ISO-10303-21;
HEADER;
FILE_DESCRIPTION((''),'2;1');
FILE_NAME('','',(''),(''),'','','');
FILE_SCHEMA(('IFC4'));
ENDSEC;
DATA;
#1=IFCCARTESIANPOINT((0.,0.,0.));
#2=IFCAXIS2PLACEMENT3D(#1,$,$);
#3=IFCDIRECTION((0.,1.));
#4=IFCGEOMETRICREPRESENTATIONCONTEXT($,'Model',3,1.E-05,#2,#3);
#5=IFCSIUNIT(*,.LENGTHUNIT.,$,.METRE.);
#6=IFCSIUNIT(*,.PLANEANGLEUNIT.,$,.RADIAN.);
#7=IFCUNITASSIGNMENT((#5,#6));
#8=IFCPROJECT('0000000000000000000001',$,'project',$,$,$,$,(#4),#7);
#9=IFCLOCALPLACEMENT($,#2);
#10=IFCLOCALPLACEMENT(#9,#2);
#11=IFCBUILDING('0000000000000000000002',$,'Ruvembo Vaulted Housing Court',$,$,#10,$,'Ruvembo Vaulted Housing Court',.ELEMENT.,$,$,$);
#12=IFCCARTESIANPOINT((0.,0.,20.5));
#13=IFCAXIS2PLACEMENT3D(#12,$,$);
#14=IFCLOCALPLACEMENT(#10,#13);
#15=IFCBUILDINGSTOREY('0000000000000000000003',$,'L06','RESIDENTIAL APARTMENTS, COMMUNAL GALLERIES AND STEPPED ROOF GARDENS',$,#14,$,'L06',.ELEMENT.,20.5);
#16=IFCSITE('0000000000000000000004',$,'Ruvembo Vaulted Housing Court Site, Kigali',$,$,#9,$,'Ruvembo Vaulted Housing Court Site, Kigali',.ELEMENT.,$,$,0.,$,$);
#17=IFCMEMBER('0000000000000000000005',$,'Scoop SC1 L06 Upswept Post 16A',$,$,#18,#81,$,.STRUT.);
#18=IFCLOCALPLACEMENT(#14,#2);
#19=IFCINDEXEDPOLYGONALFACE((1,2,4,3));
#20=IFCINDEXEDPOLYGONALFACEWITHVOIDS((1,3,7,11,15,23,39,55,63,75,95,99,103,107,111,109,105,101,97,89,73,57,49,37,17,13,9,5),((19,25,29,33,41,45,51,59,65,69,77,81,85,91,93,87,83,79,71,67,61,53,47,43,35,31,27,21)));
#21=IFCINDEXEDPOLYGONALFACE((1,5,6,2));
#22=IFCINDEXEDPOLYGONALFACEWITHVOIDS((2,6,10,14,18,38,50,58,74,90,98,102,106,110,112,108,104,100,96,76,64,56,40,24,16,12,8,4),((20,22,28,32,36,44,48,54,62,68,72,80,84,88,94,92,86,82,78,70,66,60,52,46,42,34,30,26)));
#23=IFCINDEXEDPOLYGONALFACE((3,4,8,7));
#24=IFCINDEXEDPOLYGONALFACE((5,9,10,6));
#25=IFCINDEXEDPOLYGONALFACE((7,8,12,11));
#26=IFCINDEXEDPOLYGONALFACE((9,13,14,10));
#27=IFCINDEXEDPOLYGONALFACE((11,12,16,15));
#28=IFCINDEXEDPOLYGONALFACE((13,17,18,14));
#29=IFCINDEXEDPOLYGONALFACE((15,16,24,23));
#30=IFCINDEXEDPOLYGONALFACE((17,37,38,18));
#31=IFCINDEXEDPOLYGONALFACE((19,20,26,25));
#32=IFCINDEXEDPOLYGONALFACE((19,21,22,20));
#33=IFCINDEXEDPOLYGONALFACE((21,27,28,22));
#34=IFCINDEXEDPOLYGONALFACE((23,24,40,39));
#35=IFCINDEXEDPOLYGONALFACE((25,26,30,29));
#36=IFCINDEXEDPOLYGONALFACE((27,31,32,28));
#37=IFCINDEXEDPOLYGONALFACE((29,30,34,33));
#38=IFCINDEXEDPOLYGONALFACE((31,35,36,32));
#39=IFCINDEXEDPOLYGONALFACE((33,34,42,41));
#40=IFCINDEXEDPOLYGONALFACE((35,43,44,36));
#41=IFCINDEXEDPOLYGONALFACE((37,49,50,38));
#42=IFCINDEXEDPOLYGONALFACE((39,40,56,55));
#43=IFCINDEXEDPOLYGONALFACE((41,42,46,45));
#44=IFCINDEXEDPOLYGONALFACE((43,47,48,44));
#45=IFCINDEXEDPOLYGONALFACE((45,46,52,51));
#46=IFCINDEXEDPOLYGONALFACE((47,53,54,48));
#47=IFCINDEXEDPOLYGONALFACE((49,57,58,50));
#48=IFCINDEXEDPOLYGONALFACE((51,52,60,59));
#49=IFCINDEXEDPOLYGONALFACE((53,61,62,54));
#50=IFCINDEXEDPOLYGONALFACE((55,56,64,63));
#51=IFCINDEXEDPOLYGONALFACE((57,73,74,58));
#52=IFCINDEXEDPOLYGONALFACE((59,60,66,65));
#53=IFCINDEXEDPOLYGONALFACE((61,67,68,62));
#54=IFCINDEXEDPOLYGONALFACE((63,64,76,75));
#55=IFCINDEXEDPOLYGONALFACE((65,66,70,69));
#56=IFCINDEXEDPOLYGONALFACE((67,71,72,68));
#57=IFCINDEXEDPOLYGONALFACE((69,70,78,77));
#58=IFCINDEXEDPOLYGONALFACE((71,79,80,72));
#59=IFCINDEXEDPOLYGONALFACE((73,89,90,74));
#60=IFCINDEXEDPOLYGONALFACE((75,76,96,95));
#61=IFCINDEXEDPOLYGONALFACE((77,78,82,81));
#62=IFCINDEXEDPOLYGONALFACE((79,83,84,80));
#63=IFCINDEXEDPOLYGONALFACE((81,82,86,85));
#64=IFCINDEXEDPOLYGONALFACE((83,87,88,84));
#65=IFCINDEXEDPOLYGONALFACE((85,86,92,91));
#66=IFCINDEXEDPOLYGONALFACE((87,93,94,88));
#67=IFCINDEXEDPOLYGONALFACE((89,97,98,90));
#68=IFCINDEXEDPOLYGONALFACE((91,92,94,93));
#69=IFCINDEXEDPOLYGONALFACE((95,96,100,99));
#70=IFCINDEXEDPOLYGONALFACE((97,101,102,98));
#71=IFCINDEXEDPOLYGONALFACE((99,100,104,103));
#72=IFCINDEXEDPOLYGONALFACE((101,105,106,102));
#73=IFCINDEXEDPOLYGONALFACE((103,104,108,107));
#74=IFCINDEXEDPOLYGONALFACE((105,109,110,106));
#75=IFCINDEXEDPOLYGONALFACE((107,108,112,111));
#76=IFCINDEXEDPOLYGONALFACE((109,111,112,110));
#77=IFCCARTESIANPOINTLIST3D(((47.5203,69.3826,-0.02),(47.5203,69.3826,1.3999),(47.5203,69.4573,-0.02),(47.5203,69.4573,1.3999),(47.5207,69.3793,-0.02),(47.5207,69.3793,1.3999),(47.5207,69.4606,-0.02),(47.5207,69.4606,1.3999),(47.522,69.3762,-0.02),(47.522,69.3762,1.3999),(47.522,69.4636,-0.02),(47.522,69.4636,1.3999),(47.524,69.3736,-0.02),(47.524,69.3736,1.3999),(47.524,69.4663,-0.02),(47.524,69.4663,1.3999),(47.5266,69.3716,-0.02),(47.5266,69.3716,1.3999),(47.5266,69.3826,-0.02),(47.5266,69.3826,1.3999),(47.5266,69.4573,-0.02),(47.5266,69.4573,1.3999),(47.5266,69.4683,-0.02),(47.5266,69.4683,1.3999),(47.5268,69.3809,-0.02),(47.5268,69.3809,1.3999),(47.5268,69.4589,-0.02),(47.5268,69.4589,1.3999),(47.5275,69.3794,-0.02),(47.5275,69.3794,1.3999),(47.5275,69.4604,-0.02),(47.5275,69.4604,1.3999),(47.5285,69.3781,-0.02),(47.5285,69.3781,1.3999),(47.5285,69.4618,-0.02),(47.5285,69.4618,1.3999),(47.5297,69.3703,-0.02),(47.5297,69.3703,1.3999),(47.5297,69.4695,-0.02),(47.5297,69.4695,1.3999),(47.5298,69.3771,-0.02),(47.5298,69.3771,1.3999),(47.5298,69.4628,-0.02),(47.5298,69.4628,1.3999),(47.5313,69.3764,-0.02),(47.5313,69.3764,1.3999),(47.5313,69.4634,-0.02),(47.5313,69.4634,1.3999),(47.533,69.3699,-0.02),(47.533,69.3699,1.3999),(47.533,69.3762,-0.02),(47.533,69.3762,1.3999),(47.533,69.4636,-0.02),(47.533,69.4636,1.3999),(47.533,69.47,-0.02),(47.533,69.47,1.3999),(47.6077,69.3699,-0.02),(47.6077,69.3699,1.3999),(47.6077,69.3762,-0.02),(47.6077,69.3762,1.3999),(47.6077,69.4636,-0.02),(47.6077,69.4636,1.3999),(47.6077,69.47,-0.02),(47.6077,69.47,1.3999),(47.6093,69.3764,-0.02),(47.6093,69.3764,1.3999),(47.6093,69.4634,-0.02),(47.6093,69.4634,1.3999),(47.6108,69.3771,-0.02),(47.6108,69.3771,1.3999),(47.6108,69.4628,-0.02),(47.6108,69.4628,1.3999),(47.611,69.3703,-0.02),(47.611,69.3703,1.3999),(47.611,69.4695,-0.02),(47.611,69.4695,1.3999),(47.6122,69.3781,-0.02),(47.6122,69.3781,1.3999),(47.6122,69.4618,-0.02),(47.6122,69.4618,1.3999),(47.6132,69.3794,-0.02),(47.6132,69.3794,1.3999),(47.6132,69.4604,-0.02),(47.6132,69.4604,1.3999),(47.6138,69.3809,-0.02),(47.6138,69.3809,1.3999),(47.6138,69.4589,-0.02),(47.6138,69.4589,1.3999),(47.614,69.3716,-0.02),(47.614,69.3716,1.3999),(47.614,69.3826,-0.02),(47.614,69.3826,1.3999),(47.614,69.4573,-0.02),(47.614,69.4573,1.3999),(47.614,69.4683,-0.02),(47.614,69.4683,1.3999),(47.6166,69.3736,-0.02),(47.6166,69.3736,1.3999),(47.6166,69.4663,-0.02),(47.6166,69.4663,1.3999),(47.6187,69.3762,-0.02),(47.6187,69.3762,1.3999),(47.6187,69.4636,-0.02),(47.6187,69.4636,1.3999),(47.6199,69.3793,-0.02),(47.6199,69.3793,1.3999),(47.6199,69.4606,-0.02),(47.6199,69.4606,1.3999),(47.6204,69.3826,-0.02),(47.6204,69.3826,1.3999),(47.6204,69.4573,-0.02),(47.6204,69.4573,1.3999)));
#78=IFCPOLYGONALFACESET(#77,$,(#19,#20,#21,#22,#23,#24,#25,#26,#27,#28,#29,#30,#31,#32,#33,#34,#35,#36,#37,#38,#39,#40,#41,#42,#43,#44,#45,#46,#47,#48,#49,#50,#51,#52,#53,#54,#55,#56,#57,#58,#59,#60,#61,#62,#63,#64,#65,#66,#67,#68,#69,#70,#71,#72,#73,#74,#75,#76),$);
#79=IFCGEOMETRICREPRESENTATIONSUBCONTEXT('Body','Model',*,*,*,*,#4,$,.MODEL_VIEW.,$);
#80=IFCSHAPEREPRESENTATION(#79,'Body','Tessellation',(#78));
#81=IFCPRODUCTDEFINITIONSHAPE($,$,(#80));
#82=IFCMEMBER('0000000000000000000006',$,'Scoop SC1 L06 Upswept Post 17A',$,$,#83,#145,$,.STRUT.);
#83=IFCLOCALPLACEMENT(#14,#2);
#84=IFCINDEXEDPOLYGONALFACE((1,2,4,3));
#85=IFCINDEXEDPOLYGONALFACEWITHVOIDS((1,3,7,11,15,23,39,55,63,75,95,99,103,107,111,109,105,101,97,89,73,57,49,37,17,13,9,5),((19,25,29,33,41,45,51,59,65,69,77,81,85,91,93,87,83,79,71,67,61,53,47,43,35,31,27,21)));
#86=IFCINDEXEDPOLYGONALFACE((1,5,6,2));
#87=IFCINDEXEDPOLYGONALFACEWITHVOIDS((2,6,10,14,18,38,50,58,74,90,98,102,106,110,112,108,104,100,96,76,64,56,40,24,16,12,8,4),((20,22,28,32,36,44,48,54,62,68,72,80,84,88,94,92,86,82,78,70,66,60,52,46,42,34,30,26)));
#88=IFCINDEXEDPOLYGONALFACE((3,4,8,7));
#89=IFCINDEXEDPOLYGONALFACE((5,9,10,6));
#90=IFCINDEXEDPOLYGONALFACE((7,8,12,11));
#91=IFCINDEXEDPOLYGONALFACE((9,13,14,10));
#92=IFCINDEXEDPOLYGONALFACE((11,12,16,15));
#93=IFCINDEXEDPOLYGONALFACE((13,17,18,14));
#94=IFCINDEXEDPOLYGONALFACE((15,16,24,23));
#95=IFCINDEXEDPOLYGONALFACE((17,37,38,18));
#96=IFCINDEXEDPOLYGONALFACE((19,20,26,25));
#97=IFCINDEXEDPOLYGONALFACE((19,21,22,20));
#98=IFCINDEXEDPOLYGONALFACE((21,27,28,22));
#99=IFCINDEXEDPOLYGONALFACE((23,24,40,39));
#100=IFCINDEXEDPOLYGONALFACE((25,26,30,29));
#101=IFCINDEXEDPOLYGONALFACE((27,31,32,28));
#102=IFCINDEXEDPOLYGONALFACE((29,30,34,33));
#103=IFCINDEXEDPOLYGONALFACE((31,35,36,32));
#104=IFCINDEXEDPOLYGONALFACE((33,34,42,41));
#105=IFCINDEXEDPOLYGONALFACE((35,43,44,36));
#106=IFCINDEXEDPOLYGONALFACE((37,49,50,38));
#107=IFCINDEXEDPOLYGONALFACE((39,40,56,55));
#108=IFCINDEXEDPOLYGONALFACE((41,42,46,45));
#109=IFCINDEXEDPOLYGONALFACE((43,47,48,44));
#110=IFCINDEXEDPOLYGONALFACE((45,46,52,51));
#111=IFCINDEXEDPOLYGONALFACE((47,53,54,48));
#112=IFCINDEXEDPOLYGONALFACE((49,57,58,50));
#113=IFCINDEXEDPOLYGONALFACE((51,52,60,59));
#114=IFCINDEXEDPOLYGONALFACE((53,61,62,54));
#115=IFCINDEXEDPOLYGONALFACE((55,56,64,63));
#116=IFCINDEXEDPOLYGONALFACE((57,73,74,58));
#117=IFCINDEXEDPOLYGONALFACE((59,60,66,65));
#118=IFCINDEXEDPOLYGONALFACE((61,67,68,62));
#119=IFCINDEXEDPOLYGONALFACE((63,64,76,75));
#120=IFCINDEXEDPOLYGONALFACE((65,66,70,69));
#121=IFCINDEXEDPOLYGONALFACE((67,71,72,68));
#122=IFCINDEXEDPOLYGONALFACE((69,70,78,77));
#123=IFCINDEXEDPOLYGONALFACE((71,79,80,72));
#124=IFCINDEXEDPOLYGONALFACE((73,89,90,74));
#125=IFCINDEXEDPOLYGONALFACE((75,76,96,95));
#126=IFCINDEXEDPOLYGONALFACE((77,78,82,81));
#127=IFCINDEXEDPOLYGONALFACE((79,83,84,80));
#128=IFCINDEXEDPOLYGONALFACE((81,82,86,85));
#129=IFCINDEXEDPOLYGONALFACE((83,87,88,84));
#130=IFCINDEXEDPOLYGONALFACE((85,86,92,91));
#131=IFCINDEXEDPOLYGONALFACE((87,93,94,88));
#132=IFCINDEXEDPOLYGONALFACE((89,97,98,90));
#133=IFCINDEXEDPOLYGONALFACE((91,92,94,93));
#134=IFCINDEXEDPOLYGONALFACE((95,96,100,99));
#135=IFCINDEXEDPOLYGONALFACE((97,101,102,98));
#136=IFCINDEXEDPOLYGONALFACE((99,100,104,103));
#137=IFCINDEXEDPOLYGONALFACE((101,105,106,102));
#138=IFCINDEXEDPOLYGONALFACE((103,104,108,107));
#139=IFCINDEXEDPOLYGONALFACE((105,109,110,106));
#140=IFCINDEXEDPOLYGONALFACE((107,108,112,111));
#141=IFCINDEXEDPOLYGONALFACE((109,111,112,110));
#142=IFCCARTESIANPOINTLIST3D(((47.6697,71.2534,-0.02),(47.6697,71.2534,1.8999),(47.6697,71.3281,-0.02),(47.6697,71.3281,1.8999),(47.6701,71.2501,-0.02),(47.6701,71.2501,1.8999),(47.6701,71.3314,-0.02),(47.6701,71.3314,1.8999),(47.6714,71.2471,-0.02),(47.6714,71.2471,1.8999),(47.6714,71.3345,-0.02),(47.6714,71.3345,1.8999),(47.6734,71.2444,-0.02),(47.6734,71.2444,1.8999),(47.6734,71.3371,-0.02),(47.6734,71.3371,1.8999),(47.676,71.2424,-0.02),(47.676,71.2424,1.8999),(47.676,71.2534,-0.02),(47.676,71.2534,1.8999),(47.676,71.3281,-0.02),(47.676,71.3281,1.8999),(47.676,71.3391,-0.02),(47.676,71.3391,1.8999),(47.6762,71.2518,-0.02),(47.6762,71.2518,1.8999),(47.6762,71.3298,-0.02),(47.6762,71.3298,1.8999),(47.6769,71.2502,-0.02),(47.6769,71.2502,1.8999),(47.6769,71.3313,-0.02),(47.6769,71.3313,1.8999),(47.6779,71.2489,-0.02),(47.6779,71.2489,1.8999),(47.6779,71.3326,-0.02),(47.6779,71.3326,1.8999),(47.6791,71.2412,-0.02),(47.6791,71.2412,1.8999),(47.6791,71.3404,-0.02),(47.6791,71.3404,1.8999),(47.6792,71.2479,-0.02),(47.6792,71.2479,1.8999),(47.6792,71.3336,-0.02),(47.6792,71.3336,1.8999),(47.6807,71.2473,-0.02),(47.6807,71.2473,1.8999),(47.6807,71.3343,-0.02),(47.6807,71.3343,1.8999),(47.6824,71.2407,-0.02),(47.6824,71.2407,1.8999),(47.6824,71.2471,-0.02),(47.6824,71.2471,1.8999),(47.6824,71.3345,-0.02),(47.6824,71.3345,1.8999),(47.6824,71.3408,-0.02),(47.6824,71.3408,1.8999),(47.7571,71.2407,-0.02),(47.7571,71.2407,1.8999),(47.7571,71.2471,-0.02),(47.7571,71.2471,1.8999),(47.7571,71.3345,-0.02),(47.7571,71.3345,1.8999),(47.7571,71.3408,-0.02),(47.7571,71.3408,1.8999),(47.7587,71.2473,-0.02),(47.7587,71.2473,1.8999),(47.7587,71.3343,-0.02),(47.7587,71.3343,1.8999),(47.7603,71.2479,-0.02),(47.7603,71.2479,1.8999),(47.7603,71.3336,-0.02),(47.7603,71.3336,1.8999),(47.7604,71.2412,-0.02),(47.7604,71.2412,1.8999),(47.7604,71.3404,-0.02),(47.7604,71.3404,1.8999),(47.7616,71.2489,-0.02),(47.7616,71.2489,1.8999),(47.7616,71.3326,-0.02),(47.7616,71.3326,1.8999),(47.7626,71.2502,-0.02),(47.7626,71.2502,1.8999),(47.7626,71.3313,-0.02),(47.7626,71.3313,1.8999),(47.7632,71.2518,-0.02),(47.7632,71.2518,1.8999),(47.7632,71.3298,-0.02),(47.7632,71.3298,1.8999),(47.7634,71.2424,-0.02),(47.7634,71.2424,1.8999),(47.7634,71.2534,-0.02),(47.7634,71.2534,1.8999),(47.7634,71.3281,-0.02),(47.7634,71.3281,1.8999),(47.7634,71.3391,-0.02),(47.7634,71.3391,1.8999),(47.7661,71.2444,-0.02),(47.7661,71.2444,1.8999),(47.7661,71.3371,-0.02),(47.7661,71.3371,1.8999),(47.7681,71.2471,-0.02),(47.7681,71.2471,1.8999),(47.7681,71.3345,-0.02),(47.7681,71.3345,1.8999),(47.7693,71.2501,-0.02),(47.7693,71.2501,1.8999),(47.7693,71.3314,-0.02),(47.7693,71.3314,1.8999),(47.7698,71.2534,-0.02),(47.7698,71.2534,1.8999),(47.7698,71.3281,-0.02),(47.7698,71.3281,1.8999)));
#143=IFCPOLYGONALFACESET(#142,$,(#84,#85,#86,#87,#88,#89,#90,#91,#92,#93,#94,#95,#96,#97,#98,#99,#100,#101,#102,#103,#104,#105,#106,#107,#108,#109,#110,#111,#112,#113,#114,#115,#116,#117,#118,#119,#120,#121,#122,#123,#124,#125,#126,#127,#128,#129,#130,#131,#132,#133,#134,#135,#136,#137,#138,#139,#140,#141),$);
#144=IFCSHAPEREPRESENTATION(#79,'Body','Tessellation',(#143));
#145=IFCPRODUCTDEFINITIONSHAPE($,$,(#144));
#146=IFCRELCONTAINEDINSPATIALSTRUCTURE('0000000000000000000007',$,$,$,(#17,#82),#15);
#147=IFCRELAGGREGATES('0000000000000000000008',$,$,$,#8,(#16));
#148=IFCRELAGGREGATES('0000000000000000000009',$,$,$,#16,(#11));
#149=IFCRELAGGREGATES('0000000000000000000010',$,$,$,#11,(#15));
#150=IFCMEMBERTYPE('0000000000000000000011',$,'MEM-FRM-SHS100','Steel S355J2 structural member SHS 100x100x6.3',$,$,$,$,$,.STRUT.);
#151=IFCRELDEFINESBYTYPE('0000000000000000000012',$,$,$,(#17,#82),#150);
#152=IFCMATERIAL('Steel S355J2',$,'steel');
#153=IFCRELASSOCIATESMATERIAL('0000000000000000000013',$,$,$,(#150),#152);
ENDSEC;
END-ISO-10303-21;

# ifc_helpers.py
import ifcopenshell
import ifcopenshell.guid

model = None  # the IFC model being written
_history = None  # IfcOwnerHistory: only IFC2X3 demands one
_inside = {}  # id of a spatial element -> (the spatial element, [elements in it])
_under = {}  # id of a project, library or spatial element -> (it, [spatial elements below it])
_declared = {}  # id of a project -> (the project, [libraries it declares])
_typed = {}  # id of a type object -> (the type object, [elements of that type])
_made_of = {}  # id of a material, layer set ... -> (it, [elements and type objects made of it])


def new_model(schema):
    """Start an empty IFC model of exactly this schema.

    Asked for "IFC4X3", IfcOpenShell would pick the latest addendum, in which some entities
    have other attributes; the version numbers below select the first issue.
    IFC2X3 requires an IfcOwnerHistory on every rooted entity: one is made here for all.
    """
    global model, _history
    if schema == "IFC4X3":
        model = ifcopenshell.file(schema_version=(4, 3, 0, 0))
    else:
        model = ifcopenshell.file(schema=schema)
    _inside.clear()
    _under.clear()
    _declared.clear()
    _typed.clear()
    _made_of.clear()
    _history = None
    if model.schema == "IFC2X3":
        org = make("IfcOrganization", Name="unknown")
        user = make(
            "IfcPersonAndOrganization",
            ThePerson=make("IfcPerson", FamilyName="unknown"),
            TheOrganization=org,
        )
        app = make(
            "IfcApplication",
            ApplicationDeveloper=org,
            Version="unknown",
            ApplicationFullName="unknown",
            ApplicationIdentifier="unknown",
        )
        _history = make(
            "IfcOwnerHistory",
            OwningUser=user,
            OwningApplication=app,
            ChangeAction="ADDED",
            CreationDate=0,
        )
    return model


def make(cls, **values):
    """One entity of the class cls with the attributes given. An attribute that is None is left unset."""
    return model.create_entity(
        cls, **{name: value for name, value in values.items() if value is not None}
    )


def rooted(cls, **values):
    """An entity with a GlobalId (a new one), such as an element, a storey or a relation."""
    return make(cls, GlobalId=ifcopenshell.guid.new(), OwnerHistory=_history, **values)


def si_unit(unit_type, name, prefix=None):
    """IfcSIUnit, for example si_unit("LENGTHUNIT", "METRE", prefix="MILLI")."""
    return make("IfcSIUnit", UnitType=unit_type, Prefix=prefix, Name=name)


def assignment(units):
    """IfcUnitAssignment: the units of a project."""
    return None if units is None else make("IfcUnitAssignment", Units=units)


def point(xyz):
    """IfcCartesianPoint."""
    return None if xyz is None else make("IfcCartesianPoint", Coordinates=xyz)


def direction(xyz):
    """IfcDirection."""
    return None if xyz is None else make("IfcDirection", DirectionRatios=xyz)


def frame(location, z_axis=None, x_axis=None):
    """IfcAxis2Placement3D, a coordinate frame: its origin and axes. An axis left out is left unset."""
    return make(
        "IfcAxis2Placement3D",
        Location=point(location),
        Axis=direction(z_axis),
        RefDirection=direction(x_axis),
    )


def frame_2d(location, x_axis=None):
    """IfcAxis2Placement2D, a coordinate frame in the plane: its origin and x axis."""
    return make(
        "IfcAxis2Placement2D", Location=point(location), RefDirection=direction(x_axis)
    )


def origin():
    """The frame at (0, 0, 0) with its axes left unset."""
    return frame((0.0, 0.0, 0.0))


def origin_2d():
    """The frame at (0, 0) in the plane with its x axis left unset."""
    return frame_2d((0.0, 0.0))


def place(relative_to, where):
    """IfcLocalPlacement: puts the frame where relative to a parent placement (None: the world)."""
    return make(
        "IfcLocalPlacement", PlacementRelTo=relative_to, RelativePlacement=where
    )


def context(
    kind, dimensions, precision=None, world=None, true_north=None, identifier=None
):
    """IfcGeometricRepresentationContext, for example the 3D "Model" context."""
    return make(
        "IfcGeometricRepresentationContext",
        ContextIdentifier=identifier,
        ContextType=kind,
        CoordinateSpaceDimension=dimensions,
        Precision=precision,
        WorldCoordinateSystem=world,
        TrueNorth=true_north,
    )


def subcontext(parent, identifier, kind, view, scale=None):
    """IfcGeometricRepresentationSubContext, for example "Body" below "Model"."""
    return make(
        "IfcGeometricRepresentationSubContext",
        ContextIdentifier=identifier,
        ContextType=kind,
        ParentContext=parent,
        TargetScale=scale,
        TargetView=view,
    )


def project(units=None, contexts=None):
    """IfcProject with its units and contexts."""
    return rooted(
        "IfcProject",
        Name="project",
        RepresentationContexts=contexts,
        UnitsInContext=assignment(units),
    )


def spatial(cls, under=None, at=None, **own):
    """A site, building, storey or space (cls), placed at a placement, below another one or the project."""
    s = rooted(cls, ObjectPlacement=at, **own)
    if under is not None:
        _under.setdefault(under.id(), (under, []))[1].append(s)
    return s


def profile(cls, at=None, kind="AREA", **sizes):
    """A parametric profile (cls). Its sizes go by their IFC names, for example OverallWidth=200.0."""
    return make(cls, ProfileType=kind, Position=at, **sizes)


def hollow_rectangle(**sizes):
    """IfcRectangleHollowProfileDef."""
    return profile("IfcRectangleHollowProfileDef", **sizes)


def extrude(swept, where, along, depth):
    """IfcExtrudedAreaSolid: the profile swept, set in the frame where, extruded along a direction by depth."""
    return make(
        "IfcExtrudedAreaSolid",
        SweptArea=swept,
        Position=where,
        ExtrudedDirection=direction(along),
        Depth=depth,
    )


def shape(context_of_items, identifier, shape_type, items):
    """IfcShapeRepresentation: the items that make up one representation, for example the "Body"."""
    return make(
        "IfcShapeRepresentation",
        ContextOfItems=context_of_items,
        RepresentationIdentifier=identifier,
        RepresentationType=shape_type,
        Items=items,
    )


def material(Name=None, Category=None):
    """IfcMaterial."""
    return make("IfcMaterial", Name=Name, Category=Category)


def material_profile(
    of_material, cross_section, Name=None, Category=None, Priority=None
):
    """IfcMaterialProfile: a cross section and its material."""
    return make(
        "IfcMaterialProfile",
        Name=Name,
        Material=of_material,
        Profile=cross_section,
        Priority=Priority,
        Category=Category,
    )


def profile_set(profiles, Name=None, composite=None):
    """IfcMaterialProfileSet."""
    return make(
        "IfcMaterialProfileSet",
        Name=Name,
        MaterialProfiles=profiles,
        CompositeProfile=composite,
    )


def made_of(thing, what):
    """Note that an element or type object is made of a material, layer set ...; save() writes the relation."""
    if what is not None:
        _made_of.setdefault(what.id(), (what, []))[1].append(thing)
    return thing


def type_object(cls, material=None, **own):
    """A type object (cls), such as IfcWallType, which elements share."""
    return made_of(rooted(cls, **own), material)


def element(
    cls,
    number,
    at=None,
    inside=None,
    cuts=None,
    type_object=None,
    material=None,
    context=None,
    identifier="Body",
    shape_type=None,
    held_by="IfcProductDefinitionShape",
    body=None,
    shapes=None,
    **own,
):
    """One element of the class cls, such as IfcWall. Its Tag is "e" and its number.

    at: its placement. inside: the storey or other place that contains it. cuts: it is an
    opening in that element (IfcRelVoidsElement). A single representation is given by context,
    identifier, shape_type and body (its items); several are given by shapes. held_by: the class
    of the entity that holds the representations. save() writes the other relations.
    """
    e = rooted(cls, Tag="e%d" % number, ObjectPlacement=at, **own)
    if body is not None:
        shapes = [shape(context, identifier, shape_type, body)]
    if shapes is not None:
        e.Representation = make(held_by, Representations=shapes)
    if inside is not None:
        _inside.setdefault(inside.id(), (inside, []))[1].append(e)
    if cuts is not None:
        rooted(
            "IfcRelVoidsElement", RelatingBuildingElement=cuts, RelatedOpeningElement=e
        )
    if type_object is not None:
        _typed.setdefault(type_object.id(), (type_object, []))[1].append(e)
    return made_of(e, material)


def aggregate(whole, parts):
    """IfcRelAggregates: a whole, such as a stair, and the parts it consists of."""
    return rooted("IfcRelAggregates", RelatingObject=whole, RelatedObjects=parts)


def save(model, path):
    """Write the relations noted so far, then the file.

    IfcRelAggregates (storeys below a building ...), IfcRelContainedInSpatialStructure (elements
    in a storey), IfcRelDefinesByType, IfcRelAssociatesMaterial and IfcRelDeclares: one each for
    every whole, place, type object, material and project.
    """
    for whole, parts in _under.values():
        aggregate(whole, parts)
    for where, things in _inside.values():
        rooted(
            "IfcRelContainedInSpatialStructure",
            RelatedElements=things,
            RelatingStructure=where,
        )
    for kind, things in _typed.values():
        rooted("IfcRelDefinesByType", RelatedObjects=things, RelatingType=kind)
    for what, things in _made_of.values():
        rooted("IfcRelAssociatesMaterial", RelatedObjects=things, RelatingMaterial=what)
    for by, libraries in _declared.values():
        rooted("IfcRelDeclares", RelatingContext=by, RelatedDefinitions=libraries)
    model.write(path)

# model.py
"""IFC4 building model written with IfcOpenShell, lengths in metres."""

from ifc_helpers import new_model, si_unit, direction, frame, origin, origin_2d, place, context, subcontext, project, spatial, hollow_rectangle, extrude, material, material_profile, profile_set, type_object, element, save


model = new_model("IFC4")

# Units and contexts
model_context = context("Model", 3, precision=1e-05, world=origin(), true_north=direction((0.0, 1.0)))
body_context = subcontext(model_context, "Body", "Model", "MODEL_VIEW")
ifc_project = project(units=[si_unit("LENGTHUNIT", "METRE"), si_unit("PLANEANGLEUNIT", "RADIAN")], contexts=[model_context])

# Site, building, storey
site_placement = place(None, origin())
site = spatial("IfcSite", under=ifc_project, at=site_placement, Name="Ruvembo Vaulted Housing Court Site, Kigali", LongName="Ruvembo Vaulted Housing Court Site, Kigali", CompositionType="ELEMENT", RefElevation=0.0)
building_placement = place(site_placement, origin())
building = spatial("IfcBuilding", under=site, at=building_placement, Name="Ruvembo Vaulted Housing Court", LongName="Ruvembo Vaulted Housing Court", CompositionType="ELEMENT")
storey_placement = place(building_placement, frame((0.0, 0.0, 20.5)))
storey = spatial("IfcBuildingStorey", under=building, at=storey_placement, Name="L06", Description="RESIDENTIAL APARTMENTS, COMMUNAL GALLERIES AND STEPPED ROOF GARDENS", LongName="L06", CompositionType="ELEMENT", Elevation=20.5)

# Members
ifc_material_1 = material(Name="Steel S355J2", Category="steel")
ifc_material_profile_1 = material_profile(ifc_material_1, hollow_rectangle(XDim=0.1001, YDim=0.1001, WallThickness=0.0063, InnerFilletRadius=0.0063, OuterFilletRadius=0.0127, at=origin_2d()), Name="SHS 100x100x6.3")
ifc_profile_set_1 = profile_set([ifc_material_profile_1], Name="Steel S355J2")
member_type_1 = type_object("IfcMemberType", Name="MEM-FRM-SHS100", Description="Steel S355J2 structural member SHS 100x100x6.3", PredefinedType="STRUT", material=ifc_profile_set_1)
member_1_placement = place(storey_placement, frame((47.5703, 69.4199, -0.02), z_axis=(0.0, 0.0, 1.0), x_axis=(1.0, 0.0, 0.0)))
element("IfcMember", 1, at=member_1_placement, inside=storey, type_object=member_type_1, Name="Scoop SC1 L06 Upswept Post 16A", PredefinedType="STRUT", context=body_context, shape_type="SweptSolid", body=[
    extrude(hollow_rectangle(XDim=0.1001, YDim=0.1001, WallThickness=0.0063, InnerFilletRadius=0.0063, OuterFilletRadius=0.0127, at=origin_2d()), origin(), (0.0, 0.0, 1.0), 1.4199),
])
member_2_placement = place(storey_placement, frame((47.7197, 71.2908, -0.02), z_axis=(0.0, 0.0, 1.0), x_axis=(1.0, 0.0, 0.0)))
element("IfcMember", 2, at=member_2_placement, inside=storey, type_object=member_type_1, Name="Scoop SC1 L06 Upswept Post 17A", PredefinedType="STRUT", context=body_context, shape_type="SweptSolid", body=[
    extrude(hollow_rectangle(XDim=0.1001, YDim=0.1001, WallThickness=0.0063, InnerFilletRadius=0.0063, OuterFilletRadius=0.0127, at=origin_2d()), origin(), (0.0, 0.0, 1.0), 1.9199),
])

save(model, "model.ifc")
